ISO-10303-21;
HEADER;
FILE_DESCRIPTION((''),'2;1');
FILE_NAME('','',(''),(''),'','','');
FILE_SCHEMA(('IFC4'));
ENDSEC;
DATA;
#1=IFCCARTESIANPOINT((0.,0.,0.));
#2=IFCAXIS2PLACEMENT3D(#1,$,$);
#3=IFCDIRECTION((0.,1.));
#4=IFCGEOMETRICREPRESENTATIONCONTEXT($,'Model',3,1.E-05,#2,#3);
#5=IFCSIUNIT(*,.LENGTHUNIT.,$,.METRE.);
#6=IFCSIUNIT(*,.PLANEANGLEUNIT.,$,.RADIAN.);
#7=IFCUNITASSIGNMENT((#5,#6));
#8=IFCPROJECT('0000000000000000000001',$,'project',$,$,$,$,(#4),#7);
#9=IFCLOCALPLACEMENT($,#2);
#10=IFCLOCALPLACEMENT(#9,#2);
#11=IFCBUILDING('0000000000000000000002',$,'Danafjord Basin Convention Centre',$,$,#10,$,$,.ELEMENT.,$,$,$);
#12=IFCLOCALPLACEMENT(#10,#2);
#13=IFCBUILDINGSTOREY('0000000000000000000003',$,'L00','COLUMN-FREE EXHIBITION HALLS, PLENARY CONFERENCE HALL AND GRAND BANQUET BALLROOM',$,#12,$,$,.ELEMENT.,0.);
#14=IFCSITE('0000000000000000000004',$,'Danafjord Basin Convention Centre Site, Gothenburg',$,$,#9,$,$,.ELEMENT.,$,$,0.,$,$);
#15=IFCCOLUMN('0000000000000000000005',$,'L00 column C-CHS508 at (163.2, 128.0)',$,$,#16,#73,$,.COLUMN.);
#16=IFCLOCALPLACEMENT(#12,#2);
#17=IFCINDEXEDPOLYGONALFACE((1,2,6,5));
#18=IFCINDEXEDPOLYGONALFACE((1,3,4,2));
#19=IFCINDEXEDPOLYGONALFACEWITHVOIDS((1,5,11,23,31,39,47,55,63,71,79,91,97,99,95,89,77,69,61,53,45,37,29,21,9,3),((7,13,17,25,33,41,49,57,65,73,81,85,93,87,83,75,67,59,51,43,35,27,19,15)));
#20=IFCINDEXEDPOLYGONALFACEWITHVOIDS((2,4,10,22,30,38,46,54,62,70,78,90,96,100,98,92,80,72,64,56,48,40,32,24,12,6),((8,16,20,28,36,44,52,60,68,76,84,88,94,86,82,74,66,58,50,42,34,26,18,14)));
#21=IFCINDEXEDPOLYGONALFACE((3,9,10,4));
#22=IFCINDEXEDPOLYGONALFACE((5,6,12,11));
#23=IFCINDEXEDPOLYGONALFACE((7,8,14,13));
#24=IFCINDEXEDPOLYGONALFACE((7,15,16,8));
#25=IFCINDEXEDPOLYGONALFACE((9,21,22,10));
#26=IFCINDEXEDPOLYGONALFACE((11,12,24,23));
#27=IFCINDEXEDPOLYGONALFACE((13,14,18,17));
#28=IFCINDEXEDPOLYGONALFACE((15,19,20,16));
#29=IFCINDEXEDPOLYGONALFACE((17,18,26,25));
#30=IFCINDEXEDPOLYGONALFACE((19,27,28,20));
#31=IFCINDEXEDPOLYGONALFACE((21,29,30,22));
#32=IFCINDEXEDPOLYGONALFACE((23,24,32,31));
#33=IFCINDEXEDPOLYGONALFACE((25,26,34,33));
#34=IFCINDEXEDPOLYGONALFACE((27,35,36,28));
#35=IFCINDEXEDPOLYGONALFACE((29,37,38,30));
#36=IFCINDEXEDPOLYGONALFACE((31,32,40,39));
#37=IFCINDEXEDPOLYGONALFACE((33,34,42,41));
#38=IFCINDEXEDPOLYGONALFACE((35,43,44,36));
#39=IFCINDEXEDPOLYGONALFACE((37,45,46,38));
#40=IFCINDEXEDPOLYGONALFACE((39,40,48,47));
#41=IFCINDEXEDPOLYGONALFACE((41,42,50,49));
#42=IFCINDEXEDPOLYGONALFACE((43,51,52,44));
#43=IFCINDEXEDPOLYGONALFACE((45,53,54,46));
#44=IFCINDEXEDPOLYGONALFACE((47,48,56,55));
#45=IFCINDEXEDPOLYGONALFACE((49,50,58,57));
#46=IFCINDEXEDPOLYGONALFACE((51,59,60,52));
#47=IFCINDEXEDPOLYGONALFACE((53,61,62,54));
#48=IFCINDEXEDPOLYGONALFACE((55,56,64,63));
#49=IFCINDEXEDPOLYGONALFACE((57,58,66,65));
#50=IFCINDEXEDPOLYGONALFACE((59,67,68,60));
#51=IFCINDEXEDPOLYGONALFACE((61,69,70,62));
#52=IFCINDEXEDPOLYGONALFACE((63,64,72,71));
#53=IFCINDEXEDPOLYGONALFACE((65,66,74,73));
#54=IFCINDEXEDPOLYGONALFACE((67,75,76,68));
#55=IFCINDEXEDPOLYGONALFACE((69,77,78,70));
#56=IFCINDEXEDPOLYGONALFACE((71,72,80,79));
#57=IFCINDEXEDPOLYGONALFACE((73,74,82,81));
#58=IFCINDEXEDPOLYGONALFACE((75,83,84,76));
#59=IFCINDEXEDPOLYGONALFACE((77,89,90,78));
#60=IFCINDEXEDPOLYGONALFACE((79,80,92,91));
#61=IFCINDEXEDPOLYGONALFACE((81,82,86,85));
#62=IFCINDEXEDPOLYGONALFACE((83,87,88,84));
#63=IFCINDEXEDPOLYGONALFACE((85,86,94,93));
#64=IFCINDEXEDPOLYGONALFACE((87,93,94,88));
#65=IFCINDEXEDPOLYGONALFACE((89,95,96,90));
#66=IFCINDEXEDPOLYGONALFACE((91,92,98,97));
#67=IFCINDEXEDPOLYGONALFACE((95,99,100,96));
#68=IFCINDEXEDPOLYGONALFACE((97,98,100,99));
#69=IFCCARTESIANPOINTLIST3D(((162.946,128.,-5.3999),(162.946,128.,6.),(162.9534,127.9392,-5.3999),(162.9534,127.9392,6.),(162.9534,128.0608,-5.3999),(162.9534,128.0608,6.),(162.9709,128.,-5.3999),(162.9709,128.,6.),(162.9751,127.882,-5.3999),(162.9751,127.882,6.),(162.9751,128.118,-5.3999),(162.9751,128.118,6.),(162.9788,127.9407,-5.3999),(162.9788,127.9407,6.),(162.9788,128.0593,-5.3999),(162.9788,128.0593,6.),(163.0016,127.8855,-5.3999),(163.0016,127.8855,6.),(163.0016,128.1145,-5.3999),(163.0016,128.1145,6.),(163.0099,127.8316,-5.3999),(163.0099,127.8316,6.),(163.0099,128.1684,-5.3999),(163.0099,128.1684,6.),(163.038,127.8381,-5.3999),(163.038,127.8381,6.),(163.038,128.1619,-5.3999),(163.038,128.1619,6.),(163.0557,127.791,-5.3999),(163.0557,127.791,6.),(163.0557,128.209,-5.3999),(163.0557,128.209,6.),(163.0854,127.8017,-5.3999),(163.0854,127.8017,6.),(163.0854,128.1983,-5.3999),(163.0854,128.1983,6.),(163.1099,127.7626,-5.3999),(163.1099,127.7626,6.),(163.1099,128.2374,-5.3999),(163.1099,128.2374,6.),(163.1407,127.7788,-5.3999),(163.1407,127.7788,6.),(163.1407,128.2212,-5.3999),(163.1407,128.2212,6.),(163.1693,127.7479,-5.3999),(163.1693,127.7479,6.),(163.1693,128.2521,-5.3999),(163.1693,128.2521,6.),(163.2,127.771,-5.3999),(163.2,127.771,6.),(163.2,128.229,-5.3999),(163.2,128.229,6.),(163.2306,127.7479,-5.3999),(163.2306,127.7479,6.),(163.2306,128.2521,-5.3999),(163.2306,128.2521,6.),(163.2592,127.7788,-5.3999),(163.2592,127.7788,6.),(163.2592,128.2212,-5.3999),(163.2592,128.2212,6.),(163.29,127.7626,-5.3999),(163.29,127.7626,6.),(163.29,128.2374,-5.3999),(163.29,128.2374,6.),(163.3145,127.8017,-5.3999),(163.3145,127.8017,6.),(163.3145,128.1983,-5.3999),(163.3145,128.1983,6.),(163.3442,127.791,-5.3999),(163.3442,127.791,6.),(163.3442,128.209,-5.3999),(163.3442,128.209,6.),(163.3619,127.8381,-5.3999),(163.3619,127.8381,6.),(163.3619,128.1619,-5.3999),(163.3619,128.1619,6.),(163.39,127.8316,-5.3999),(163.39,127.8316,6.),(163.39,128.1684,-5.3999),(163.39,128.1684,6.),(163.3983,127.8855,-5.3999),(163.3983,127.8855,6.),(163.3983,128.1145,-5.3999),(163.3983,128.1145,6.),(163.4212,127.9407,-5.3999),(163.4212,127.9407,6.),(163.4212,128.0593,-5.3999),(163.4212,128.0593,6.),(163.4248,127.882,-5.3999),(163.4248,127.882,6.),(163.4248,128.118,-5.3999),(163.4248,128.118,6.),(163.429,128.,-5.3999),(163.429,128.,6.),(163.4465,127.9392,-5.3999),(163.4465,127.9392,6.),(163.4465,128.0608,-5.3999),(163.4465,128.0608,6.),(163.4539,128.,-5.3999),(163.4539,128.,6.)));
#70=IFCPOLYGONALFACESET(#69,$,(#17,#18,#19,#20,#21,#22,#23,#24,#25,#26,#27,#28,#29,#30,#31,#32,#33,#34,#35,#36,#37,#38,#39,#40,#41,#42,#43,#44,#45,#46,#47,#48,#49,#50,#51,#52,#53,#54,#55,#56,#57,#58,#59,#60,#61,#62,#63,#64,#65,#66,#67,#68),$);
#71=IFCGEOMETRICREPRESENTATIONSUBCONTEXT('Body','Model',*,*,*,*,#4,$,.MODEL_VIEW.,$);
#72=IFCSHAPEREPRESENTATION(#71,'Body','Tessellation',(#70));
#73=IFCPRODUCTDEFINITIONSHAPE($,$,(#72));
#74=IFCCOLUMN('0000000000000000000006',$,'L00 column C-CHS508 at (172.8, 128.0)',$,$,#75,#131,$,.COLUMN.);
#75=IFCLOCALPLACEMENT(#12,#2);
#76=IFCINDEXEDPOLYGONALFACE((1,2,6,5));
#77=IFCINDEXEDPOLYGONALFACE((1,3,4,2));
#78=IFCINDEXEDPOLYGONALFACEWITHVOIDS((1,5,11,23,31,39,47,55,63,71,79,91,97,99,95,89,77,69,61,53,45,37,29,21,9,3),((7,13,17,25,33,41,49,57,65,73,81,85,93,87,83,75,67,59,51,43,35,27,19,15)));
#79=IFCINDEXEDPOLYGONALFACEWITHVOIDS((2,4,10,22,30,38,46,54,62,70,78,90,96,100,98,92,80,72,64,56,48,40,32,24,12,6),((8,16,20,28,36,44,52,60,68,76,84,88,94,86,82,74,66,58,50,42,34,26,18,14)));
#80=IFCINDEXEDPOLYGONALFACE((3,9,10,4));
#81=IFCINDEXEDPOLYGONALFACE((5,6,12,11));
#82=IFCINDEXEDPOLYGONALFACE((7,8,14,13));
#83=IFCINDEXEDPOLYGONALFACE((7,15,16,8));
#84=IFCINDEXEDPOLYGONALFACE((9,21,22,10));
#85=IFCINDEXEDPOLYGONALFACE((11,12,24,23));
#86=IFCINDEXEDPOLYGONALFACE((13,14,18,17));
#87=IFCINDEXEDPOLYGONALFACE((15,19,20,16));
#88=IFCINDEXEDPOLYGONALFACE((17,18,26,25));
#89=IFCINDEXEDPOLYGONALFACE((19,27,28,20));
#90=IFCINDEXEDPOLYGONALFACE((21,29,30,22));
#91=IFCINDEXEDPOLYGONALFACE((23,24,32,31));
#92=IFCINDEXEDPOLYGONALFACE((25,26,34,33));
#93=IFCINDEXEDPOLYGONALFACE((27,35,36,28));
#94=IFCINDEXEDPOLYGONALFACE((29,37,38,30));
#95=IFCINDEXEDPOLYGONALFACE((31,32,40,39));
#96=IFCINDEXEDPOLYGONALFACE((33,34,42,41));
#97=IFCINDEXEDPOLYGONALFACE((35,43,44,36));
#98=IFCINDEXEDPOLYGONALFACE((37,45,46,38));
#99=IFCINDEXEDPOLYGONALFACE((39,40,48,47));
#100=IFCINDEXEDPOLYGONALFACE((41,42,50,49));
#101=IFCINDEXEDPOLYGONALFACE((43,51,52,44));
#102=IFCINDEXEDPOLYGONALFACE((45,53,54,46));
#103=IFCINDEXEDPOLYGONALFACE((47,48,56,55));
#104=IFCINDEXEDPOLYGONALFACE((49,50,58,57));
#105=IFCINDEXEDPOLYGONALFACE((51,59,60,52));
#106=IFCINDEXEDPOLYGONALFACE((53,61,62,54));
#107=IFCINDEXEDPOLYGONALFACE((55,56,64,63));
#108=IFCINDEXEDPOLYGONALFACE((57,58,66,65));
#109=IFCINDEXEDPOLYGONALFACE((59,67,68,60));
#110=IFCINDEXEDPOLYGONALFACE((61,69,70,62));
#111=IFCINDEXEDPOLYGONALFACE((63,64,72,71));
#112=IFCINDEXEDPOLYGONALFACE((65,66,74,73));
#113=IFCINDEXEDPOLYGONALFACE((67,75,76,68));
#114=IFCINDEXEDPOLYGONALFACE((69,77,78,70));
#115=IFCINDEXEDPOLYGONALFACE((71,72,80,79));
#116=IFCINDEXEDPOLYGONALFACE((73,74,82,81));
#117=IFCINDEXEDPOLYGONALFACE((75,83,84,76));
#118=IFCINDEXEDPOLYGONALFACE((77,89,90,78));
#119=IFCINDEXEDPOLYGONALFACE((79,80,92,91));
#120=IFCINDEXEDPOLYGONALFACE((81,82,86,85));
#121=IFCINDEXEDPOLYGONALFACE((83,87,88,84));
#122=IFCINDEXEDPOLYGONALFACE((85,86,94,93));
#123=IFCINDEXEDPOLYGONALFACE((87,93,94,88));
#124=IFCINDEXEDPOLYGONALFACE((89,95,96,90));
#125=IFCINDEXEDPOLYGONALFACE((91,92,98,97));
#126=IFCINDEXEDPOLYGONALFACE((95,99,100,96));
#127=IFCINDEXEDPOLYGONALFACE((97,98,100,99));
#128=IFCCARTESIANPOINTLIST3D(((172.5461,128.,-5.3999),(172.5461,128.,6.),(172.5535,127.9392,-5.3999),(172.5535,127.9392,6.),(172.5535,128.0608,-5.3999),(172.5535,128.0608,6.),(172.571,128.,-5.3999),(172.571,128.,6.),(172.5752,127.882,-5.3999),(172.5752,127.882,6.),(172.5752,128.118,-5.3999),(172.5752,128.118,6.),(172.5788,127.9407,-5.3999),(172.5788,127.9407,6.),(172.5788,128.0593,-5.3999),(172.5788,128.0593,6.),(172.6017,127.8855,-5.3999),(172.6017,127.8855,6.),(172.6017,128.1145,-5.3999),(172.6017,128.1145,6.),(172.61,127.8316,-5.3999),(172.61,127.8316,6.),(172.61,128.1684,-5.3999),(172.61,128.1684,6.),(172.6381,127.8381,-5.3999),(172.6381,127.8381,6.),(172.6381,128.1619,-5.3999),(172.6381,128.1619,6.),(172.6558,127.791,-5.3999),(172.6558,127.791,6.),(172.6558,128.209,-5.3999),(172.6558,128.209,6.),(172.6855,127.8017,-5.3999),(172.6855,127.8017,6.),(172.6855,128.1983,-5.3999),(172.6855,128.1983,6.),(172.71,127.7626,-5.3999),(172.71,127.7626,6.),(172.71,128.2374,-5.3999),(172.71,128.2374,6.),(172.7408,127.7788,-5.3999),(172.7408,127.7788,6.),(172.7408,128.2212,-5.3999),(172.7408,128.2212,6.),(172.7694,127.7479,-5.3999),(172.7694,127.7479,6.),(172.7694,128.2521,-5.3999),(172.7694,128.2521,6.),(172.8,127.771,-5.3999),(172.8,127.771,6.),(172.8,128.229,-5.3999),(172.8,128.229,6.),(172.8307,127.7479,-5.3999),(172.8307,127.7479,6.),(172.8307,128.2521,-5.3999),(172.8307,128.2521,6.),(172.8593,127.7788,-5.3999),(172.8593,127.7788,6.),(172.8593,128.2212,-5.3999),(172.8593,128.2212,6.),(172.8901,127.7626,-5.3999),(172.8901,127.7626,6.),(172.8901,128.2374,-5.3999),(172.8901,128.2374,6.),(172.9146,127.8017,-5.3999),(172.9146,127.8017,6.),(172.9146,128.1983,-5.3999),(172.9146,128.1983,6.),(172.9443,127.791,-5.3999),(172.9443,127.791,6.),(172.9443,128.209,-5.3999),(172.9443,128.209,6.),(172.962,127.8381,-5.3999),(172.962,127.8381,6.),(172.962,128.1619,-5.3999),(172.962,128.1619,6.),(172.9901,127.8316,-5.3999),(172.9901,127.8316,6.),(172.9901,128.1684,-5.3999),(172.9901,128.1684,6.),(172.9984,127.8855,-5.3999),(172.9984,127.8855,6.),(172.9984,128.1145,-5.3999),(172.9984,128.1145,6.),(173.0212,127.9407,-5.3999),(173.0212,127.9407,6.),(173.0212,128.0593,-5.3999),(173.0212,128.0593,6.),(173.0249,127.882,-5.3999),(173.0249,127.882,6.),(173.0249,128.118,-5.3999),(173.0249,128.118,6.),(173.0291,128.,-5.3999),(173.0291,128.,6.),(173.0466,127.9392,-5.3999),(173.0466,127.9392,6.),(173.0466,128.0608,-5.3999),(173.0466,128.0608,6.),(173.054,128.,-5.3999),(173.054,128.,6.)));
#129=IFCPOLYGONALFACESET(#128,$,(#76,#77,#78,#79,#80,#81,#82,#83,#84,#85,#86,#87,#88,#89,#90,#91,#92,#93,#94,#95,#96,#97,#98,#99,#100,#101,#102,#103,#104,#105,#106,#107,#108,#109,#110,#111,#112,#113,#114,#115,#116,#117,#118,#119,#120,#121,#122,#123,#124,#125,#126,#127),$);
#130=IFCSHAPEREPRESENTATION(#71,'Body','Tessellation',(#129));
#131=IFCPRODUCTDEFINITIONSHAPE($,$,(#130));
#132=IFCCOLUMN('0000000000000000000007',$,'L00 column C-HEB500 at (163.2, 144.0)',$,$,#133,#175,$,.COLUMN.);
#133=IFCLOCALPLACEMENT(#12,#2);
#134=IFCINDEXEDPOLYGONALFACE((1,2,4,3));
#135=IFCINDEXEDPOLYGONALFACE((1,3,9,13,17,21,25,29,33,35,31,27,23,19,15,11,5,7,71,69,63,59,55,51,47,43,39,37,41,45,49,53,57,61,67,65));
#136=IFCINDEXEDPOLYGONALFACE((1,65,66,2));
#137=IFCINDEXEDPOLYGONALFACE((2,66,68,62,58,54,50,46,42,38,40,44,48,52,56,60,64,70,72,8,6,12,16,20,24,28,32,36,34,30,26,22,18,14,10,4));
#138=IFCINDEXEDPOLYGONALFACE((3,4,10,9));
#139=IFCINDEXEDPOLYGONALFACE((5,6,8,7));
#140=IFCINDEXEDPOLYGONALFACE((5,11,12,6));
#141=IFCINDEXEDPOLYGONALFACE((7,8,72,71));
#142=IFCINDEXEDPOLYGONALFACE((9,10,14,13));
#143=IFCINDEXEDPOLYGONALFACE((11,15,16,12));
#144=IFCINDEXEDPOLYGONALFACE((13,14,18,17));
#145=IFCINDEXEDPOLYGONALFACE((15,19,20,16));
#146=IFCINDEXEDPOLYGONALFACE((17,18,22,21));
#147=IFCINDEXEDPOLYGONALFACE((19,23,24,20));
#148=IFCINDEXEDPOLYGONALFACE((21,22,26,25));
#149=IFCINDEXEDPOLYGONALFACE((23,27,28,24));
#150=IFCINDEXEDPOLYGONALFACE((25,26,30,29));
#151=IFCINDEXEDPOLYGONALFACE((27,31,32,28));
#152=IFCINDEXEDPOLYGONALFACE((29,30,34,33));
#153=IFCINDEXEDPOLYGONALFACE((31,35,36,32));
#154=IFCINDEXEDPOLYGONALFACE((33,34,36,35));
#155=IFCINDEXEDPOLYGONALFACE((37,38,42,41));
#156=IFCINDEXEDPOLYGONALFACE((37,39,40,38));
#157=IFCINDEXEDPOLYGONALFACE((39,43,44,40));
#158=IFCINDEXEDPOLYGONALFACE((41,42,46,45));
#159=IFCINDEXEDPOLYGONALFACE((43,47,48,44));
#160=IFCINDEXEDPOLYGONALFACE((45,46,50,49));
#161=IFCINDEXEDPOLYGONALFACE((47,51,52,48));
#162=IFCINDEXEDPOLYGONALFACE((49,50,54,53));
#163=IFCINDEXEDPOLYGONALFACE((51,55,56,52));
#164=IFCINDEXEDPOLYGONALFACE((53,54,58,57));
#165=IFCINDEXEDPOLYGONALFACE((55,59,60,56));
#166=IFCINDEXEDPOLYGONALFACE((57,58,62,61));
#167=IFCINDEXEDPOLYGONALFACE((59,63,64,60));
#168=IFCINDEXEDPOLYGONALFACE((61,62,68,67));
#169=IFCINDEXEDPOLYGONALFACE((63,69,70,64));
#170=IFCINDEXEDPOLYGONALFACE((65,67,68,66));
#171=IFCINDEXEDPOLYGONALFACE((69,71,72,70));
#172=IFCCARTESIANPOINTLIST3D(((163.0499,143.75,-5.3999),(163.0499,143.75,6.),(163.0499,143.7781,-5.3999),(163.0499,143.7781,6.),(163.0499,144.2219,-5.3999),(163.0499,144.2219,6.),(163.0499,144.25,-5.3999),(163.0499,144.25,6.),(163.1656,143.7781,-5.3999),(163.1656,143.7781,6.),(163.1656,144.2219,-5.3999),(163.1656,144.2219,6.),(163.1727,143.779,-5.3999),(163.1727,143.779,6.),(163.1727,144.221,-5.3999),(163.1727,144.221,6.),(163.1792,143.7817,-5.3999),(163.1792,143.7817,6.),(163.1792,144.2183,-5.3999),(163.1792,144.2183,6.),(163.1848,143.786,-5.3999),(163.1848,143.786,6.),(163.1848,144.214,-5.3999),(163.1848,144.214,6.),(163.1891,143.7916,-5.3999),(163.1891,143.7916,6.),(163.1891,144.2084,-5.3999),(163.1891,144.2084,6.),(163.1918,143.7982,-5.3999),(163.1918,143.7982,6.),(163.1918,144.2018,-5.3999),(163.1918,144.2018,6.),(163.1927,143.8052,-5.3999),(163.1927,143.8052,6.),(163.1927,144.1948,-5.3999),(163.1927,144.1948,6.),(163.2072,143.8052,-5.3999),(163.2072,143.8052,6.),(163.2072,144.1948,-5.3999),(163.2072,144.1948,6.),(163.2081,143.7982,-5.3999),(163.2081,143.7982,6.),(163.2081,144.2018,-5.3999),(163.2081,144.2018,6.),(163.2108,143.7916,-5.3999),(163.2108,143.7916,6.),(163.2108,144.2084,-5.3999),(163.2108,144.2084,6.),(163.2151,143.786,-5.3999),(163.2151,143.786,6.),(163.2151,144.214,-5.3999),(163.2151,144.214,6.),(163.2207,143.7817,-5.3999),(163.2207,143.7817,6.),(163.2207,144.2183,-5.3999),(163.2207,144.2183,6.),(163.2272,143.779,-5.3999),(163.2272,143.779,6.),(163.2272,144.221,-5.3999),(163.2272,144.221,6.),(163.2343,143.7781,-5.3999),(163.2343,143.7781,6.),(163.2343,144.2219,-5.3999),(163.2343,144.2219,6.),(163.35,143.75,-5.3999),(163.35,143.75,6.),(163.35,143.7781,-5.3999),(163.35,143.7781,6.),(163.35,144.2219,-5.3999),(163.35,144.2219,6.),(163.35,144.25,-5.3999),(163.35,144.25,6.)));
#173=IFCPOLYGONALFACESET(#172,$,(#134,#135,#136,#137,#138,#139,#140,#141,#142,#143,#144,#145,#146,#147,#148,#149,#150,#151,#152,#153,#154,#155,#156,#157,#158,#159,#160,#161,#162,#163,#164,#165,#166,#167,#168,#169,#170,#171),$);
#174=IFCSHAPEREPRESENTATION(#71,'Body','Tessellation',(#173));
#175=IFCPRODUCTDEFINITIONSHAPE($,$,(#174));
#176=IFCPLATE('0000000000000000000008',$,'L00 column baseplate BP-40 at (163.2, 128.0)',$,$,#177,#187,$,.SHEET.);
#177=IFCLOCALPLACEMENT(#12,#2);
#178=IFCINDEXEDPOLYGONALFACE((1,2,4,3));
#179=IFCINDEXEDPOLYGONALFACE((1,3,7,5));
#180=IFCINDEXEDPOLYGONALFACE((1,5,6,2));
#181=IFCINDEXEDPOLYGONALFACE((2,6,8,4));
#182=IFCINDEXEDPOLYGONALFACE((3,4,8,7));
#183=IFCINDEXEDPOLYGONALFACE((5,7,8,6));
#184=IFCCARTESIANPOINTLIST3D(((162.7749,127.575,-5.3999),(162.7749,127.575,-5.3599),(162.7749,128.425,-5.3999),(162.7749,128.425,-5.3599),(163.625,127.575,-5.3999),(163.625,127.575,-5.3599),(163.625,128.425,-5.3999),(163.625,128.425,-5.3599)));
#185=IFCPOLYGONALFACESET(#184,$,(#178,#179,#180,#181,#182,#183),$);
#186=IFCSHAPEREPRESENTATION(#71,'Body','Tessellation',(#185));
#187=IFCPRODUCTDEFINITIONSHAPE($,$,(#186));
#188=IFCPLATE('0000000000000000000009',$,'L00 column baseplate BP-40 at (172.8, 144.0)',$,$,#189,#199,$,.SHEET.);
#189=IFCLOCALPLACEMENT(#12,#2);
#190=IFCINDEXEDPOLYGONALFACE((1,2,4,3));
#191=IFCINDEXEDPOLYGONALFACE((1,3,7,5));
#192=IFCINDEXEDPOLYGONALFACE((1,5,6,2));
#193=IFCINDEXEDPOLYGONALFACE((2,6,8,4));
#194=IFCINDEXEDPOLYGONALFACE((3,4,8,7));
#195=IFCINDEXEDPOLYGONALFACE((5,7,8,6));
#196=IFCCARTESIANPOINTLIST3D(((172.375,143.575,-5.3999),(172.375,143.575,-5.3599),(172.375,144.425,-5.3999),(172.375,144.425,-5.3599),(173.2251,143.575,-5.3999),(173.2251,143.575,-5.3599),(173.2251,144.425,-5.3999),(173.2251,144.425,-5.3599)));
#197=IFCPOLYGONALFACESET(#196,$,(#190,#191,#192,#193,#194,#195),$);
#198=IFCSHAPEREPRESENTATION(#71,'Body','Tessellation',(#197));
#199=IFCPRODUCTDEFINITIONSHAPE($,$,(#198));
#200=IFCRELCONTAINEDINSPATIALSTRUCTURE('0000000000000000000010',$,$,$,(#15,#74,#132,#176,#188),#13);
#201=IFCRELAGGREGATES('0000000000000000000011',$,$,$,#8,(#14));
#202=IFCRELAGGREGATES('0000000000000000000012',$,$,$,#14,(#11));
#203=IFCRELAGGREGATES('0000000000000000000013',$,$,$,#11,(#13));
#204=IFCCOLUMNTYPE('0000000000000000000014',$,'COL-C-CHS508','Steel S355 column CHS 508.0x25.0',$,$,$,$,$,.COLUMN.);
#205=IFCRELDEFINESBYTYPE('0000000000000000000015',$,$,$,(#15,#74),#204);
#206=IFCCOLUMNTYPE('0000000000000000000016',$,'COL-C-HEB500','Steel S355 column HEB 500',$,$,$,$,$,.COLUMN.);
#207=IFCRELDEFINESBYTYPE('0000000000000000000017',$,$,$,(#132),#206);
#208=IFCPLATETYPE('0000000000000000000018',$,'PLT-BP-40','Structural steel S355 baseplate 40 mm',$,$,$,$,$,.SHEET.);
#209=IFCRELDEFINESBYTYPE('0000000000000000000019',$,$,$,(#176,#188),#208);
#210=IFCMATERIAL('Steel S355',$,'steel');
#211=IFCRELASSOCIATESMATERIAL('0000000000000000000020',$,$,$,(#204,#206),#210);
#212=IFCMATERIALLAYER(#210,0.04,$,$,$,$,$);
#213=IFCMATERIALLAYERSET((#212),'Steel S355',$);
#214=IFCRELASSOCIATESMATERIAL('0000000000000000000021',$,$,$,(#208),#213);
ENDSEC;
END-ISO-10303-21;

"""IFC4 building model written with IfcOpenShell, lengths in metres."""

from ifc_helpers import new_model, si_unit, direction, frame, origin, origin_2d, place, context, subcontext, project, spatial, rectangle, hollow_circle, i_section, extrude, material, layer, layer_set, material_profile, profile_set, type_object, element, save


model = new_model("IFC4")

# Units and contexts
model_context = context("Model", 3, precision=1e-05, world=origin(), true_north=direction((0.0, 1.0)))
body_context = subcontext(model_context, "Body", "Model", "MODEL_VIEW")
ifc_project = project(units=[si_unit("LENGTHUNIT", "METRE"), si_unit("PLANEANGLEUNIT", "RADIAN")], contexts=[model_context])

# Site, building, storey
site_placement = place(None, origin())
site = spatial("IfcSite", under=ifc_project, at=site_placement, Name="Danafjord Basin Convention Centre Site, Gothenburg", CompositionType="ELEMENT", RefElevation=0.0)
building_placement = place(site_placement, origin())
building = spatial("IfcBuilding", under=site, at=building_placement, Name="Danafjord Basin Convention Centre", CompositionType="ELEMENT")
storey_placement = place(building_placement, origin())
storey = spatial("IfcBuildingStorey", under=building, at=storey_placement, Name="L00", Description="COLUMN-FREE EXHIBITION HALLS, PLENARY CONFERENCE HALL AND GRAND BANQUET BALLROOM", CompositionType="ELEMENT", Elevation=0.0)

# Columns
ifc_material_1 = material(Name="Steel S355", Category="steel")
ifc_material_profile_1 = material_profile(ifc_material_1, hollow_circle(Radius=0.2539, WallThickness=0.0249, at=origin_2d()), Name="CHS 508.0x25.0")
ifc_profile_set_1 = profile_set([ifc_material_profile_1], Name="Steel S355")
column_type_1 = type_object("IfcColumnType", Name="COL-C-CHS508", Description="Steel S355 column CHS 508.0x25.0", PredefinedType="COLUMN", material=ifc_profile_set_1)
for number, where, z_axis, x_axis, name in (
    (1, (163.2, 128.0, -5.3999), (0.0, 0.0, 1.0), (1.0, 0.0, 0.0), "L00 column C-CHS508 at (163.2, 128.0)"),
    (2, (172.8, 128.0, -5.3999), (0.0, 0.0, 1.0), (1.0, 0.0, 0.0), "L00 column C-CHS508 at (172.8, 128.0)"),
):
    element("IfcColumn", number, at=place(storey_placement, frame(where, z_axis=z_axis, x_axis=x_axis)), inside=storey, type_object=column_type_1, Name=name, PredefinedType="COLUMN", context=body_context, shape_type="SweptSolid", body=[
        extrude(hollow_circle(Radius=0.2539, WallThickness=0.0249, at=origin_2d()), origin(), (0.0, 0.0, 1.0), 11.3999),
    ])
ifc_material_profile_2 = material_profile(ifc_material_1, i_section(OverallWidth=0.3, OverallDepth=0.5, WebThickness=0.0144, FlangeThickness=0.0281, FilletRadius=0.0271, at=origin_2d()), Name="HEB 500")
ifc_profile_set_2 = profile_set([ifc_material_profile_2], Name="Steel S355")
column_type_2 = type_object("IfcColumnType", Name="COL-C-HEB500", Description="Steel S355 column HEB 500", PredefinedType="COLUMN", material=ifc_profile_set_2)
column_placement = place(storey_placement, frame((163.2, 144.0, -5.3999), z_axis=(0.0, 0.0, 1.0), x_axis=(1.0, 0.0, 0.0)))
element("IfcColumn", 3, at=column_placement, inside=storey, type_object=column_type_2, Name="L00 column C-HEB500 at (163.2, 144.0)", PredefinedType="COLUMN", context=body_context, shape_type="SweptSolid", body=[
    extrude(i_section(OverallWidth=0.3, OverallDepth=0.5, WebThickness=0.0144, FlangeThickness=0.0281, FilletRadius=0.0271, at=origin_2d()), origin(), (0.0, 0.0, 1.0), 11.3999),
])

# Plates
ifc_layer_1 = layer(ifc_material_1, 0.04)
ifc_layer_set_1 = layer_set([ifc_layer_1], Name="Steel S355")
plate_type = type_object("IfcPlateType", Name="PLT-BP-40", Description="Structural steel S355 baseplate 40 mm", PredefinedType="SHEET", material=ifc_layer_set_1)
for number, where, z_axis, x_axis, name in (
    (4, (163.2, 128.0, -5.3999), (0.0, 0.0, 1.0), (1.0, 0.0, 0.0), "L00 column baseplate BP-40 at (163.2, 128.0)"),
    (5, (172.8, 144.0, -5.3999), (0.0, 0.0, 1.0), (1.0, 0.0, 0.0), "L00 column baseplate BP-40 at (172.8, 144.0)"),
):
    element("IfcPlate", number, at=place(storey_placement, frame(where, z_axis=z_axis, x_axis=x_axis)), inside=storey, type_object=plate_type, Name=name, PredefinedType="SHEET", context=body_context, shape_type="SweptSolid", body=[
        extrude(rectangle(XDim=0.8501, YDim=0.8501, at=origin_2d()), origin(), (0.0, 0.0, 1.0), 0.04),
    ])

save(model, "model.ifc")
